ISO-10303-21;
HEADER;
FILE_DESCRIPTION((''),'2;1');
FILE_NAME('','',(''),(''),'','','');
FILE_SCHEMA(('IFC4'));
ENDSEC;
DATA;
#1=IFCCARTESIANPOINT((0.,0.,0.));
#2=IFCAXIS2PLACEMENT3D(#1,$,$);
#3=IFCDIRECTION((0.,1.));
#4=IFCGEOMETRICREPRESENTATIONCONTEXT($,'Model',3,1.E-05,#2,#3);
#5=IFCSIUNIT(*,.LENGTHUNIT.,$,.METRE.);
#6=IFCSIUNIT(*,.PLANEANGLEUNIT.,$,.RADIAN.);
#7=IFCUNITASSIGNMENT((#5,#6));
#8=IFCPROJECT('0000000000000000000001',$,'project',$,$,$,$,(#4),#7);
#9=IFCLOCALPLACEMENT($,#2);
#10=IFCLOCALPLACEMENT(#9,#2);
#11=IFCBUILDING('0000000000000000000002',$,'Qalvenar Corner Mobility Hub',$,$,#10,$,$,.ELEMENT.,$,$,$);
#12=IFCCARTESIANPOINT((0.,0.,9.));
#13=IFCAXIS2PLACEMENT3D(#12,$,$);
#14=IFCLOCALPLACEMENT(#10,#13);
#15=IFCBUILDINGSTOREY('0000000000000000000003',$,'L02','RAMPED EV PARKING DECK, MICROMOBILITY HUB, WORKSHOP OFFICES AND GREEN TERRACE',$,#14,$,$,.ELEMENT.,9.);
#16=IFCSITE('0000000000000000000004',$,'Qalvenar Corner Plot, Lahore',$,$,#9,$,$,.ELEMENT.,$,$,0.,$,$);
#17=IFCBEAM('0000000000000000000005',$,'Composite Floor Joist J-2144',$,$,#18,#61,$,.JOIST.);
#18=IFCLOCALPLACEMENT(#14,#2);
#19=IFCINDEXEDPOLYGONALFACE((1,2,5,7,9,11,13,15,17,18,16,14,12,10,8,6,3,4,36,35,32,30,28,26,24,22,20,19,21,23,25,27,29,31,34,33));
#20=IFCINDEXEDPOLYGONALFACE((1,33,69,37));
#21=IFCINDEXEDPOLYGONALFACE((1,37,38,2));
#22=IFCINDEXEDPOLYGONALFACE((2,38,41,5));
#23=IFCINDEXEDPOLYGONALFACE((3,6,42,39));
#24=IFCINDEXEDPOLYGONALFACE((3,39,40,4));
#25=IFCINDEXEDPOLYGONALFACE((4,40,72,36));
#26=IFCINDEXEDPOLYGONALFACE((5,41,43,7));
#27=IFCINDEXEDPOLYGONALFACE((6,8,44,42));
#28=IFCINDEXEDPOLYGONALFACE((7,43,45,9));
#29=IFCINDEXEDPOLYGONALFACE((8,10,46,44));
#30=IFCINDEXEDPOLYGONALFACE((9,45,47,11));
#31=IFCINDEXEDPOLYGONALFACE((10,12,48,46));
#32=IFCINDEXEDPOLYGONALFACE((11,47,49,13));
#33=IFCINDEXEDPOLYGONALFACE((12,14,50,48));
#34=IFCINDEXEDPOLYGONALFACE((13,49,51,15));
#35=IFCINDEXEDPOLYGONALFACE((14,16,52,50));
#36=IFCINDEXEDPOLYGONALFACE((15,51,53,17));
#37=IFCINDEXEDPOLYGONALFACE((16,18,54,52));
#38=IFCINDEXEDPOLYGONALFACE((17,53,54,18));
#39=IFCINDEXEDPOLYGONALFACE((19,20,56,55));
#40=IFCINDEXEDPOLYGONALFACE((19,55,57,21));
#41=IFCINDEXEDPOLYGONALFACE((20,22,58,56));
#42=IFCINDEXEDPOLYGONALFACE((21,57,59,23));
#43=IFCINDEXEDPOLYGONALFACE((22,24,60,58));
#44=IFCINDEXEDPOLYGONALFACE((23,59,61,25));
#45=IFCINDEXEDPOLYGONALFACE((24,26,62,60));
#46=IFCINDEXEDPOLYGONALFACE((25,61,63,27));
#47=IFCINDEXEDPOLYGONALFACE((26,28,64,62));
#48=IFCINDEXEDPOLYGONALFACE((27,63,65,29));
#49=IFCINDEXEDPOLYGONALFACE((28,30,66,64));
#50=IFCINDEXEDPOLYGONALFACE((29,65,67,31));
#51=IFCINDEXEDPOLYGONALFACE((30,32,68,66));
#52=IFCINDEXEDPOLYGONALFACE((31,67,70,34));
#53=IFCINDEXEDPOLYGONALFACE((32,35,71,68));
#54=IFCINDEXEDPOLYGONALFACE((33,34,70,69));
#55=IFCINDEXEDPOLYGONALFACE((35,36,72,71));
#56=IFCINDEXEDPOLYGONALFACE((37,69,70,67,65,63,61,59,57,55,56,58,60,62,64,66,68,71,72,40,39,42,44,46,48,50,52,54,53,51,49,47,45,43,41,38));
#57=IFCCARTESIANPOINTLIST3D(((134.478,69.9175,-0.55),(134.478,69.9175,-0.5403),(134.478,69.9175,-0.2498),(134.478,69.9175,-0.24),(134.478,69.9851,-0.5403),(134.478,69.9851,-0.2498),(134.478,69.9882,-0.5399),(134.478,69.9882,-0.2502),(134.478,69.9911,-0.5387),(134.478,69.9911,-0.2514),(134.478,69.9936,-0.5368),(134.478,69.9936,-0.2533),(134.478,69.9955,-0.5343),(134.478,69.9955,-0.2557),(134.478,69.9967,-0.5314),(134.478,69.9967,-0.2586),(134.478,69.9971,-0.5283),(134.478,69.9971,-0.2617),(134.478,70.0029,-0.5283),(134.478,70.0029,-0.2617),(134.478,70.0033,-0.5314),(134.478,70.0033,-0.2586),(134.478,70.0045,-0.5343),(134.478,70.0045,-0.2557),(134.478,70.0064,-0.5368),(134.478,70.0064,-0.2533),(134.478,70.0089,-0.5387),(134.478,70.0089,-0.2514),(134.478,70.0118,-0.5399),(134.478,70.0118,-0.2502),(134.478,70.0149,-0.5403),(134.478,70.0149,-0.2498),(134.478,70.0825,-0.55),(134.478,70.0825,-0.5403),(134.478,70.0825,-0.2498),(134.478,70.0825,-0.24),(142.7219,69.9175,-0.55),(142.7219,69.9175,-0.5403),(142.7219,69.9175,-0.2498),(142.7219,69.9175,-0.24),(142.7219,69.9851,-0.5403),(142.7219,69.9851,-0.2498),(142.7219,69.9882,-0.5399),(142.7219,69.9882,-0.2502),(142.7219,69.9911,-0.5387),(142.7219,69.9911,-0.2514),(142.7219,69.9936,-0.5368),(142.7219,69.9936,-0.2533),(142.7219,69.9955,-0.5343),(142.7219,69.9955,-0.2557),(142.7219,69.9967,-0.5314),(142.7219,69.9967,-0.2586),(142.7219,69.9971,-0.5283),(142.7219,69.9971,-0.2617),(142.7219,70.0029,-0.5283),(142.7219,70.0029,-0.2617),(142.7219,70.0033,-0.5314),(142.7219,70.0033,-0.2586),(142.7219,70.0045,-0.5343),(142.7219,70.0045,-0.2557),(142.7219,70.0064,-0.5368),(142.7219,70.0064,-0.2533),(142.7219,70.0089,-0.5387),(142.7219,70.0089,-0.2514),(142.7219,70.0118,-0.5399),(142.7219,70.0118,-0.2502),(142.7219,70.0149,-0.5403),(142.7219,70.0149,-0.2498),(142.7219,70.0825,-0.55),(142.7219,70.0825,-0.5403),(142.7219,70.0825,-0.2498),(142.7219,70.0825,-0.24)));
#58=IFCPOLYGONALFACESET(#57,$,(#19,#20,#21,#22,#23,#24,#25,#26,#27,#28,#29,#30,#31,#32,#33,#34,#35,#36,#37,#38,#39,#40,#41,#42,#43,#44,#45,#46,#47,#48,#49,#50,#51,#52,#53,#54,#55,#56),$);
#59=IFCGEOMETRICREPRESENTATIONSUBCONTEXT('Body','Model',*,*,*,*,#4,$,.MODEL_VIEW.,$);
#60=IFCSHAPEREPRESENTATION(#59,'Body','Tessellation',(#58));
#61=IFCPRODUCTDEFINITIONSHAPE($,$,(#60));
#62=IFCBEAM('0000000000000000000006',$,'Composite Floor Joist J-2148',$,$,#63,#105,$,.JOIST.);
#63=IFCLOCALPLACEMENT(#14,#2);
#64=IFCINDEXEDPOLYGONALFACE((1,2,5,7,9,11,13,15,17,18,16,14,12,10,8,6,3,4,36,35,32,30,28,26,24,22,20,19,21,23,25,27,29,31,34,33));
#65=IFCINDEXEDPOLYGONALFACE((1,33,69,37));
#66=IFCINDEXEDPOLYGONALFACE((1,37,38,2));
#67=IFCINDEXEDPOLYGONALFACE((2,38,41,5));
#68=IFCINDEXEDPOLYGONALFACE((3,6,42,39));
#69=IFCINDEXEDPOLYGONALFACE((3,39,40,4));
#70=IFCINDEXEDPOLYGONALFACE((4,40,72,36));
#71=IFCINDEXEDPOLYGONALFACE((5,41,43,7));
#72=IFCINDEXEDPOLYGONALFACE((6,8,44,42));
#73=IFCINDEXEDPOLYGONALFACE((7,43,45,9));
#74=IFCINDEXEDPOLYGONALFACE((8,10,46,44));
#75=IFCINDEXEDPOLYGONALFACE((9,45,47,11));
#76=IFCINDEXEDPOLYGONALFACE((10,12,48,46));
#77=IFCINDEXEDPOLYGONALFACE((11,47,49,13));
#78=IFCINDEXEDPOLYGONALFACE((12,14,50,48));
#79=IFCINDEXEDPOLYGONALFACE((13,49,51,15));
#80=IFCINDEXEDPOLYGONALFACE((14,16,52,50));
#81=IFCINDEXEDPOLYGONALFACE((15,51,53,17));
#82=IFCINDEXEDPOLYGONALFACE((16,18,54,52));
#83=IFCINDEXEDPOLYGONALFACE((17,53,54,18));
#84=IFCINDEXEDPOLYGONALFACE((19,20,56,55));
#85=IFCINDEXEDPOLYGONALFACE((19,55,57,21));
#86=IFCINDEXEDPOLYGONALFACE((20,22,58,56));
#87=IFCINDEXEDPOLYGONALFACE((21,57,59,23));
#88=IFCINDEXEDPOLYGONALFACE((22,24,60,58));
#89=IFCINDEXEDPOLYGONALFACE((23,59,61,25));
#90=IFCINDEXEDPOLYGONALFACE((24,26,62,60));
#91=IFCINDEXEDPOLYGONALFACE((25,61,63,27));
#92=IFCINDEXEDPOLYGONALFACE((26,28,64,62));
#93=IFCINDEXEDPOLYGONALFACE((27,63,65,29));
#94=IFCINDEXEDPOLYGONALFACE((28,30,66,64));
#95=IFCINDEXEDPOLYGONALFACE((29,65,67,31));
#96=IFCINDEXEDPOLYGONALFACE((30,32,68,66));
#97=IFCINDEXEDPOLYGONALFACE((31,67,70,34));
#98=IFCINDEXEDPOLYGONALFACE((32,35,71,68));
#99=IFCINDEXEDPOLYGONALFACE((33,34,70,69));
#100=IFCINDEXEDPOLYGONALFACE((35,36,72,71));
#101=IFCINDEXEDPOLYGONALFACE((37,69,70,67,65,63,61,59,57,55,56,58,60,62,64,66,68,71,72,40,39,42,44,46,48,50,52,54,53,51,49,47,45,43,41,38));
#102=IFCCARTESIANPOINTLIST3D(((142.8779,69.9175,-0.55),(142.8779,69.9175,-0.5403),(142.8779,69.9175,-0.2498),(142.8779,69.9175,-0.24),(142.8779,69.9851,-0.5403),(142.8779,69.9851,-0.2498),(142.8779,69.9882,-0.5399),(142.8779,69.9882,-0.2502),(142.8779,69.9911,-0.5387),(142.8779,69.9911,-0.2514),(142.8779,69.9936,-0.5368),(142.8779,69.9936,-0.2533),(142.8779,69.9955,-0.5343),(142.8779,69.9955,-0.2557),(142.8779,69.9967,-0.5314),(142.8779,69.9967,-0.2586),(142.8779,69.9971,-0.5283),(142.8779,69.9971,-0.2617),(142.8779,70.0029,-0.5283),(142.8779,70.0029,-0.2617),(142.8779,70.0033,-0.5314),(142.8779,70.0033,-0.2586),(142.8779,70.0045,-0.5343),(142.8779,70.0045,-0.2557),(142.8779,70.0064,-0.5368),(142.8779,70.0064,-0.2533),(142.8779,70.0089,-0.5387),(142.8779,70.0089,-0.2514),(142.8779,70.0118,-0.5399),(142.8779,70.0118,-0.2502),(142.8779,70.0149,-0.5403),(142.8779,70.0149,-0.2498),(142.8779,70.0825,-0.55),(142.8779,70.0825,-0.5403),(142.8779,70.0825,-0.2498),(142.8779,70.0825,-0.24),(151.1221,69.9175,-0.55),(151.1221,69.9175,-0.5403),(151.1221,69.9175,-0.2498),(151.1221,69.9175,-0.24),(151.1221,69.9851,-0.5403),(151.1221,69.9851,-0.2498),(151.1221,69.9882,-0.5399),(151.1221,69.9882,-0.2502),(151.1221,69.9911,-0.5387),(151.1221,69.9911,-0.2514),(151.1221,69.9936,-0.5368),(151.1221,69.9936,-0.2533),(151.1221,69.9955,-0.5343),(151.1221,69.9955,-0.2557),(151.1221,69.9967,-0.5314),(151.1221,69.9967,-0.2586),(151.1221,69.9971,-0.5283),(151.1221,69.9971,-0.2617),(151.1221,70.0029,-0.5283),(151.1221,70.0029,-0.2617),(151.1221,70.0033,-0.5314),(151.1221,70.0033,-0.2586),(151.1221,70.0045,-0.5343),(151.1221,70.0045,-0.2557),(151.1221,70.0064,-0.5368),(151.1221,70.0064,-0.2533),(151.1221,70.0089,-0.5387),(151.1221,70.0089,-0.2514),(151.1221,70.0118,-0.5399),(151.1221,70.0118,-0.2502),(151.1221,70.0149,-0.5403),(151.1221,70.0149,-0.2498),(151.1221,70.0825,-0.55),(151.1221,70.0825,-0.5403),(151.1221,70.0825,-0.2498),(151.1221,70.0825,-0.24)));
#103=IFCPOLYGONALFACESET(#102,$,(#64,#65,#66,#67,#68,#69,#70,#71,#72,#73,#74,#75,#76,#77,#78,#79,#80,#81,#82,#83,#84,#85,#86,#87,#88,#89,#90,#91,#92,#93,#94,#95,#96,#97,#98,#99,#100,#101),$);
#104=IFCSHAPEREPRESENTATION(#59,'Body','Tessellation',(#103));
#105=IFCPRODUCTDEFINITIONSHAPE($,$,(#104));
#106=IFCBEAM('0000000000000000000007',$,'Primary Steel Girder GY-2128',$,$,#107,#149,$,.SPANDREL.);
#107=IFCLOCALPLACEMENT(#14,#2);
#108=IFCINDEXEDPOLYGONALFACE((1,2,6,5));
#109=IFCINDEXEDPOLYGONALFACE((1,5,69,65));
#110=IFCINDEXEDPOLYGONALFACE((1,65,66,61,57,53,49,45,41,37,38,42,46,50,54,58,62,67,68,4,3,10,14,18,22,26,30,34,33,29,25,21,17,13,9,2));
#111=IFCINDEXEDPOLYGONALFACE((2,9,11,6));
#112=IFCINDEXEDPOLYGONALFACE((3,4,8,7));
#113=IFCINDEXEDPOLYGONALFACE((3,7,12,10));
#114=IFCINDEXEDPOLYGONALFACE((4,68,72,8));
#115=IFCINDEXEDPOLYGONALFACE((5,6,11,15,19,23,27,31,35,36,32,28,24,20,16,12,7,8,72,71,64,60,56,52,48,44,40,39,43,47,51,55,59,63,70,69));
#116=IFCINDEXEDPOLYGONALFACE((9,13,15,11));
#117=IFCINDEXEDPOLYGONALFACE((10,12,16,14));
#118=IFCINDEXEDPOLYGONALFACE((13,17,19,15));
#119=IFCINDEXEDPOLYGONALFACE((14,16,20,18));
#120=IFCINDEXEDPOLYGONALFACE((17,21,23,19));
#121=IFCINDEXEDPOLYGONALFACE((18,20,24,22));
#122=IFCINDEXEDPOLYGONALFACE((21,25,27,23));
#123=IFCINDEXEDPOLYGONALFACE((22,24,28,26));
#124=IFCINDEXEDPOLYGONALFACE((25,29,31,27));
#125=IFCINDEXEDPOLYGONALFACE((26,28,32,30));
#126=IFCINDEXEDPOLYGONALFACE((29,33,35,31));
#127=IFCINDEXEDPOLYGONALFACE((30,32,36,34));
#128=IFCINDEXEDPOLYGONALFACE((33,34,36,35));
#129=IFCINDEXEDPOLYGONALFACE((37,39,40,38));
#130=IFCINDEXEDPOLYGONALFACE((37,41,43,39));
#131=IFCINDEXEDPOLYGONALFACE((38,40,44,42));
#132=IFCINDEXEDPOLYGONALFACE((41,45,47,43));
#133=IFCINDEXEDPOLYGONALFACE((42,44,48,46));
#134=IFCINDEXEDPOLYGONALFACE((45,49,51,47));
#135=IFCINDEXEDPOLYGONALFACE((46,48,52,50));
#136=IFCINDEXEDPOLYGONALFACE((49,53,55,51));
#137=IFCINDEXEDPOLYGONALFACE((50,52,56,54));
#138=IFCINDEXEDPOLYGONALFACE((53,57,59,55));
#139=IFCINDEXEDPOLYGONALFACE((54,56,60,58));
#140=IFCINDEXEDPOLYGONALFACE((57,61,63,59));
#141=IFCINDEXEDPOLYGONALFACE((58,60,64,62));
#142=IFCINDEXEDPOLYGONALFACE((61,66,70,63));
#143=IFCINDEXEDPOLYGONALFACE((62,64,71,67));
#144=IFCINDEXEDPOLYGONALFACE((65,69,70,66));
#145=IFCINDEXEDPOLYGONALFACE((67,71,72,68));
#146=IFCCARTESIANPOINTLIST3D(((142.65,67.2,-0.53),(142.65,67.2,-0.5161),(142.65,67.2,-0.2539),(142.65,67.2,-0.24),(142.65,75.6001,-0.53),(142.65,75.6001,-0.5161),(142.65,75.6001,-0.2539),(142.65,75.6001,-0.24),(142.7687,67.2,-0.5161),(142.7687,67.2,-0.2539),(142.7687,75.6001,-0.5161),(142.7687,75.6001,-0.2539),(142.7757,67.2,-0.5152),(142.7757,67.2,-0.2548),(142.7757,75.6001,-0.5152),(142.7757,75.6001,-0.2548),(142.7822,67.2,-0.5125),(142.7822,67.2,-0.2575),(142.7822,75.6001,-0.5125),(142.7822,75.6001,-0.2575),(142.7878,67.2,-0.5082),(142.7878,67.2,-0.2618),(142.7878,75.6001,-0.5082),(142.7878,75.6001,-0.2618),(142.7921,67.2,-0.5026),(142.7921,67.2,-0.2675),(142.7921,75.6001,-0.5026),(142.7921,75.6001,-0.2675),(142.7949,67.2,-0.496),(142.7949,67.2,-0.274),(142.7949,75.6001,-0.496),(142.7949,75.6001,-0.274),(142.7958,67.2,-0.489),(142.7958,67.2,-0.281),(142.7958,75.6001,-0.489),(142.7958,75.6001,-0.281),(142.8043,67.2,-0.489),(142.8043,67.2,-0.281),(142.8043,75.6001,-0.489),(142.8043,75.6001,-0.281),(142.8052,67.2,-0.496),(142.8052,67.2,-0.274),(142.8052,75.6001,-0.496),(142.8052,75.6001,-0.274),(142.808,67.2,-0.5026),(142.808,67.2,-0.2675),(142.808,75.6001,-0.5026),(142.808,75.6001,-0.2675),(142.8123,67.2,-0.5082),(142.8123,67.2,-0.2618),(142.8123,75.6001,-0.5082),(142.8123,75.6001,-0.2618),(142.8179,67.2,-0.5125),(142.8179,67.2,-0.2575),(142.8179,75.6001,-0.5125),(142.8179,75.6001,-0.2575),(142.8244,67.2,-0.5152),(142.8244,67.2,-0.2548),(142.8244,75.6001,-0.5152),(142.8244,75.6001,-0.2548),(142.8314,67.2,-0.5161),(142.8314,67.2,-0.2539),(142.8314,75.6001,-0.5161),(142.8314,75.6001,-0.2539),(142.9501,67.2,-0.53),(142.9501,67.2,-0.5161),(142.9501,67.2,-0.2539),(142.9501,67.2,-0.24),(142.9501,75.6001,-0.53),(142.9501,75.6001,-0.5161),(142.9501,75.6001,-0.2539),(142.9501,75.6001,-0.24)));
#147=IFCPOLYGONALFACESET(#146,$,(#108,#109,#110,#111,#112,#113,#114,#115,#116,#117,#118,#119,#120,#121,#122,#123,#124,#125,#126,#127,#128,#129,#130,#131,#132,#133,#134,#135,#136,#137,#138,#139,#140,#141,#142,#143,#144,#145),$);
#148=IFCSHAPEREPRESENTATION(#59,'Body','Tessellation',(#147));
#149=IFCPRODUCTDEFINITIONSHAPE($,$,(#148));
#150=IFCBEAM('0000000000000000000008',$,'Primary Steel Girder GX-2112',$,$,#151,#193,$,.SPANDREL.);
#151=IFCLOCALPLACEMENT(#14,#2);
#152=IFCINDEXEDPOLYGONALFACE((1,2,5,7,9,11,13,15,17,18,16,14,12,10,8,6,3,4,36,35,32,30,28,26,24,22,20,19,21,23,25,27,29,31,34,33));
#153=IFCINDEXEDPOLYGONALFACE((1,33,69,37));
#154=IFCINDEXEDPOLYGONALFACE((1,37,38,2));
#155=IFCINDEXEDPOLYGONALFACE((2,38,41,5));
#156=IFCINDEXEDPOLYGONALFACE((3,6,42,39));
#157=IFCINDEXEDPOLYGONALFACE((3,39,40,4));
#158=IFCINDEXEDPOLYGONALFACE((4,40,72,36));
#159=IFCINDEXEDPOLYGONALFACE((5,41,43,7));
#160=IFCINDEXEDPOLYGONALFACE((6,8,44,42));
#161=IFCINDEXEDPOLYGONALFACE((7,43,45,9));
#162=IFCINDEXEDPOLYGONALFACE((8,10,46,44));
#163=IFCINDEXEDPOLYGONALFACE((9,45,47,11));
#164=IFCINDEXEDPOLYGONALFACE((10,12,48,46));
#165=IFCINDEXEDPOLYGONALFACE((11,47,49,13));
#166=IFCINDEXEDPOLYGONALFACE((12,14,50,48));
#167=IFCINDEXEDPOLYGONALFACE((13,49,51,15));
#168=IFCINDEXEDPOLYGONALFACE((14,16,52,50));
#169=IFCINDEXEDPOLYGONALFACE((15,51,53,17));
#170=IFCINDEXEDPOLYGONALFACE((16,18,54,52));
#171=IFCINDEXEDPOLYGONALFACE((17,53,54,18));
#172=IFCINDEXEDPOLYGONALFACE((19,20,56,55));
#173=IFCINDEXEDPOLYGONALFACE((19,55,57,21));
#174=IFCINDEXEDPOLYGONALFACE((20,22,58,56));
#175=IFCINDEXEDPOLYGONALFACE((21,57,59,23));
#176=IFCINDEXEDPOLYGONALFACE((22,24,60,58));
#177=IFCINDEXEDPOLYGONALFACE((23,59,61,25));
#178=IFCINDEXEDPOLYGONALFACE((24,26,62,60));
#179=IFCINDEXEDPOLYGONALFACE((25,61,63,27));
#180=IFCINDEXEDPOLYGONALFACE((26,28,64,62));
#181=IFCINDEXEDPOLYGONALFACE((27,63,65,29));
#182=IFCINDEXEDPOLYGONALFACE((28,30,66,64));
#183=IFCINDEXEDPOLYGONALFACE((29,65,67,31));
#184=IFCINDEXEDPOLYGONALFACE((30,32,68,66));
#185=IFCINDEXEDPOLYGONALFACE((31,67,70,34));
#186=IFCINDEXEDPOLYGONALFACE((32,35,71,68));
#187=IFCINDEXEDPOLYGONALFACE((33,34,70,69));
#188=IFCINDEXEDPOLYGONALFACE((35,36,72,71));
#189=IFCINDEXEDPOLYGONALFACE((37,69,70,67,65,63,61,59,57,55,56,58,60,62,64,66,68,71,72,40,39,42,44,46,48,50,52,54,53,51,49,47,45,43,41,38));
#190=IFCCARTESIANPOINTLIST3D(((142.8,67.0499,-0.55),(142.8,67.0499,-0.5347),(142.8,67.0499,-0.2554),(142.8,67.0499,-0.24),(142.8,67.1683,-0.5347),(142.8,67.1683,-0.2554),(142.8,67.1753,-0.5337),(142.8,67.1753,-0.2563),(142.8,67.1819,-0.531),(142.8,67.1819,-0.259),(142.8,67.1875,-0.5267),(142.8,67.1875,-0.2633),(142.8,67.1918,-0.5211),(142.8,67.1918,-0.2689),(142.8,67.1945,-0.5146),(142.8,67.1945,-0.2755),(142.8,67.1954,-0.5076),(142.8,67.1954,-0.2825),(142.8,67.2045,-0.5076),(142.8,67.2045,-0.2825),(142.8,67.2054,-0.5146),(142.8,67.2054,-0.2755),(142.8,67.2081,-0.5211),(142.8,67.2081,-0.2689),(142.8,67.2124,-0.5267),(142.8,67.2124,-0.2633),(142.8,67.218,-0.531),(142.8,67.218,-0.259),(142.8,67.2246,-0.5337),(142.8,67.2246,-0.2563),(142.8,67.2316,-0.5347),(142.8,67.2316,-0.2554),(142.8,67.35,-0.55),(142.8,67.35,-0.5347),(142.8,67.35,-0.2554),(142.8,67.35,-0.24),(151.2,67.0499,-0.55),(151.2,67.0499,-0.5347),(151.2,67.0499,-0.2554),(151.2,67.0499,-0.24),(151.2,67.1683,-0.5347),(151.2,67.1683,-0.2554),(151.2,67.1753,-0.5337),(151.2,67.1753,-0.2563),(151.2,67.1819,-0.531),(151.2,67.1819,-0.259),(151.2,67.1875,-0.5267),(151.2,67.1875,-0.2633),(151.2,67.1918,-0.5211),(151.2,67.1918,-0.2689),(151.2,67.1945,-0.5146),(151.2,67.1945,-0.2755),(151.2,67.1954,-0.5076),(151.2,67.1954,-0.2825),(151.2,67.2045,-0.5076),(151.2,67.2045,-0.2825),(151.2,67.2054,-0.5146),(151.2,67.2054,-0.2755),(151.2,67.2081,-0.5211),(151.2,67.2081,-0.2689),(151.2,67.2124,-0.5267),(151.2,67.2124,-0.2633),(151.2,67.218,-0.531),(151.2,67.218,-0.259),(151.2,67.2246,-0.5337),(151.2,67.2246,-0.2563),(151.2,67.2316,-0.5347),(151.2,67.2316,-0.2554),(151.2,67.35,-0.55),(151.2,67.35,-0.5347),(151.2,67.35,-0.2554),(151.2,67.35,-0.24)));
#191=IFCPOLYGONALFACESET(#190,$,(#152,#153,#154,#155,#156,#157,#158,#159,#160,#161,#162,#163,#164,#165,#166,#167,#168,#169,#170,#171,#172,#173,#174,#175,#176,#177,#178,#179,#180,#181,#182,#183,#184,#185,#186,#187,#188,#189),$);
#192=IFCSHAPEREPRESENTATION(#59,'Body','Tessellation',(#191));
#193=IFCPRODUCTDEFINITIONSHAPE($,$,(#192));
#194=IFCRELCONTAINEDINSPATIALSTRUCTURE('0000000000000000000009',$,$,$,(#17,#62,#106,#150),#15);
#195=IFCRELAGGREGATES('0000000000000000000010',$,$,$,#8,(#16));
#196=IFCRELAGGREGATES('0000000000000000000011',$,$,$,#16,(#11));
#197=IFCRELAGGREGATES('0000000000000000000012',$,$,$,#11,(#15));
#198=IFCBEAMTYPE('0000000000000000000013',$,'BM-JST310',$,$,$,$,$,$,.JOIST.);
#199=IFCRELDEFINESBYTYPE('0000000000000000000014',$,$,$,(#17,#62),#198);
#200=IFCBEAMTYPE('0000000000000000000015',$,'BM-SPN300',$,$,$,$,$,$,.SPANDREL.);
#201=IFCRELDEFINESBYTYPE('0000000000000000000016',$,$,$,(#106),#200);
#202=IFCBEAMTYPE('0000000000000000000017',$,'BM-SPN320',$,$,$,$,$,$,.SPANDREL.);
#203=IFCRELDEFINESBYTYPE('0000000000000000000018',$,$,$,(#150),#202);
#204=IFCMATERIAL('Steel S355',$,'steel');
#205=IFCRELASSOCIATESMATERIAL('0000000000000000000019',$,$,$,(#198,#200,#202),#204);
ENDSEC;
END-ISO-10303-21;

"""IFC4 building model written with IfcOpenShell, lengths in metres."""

from ifc_helpers import new_model, si_unit, direction, frame, origin, origin_2d, place, context, subcontext, project, spatial, i_section, extrude, material, material_profile, profile_set, type_object, element, save


model = new_model("IFC4")

# Units and contexts
model_context = context("Model", 3, precision=1e-05, world=origin(), true_north=direction((0.0, 1.0)))
body_context = subcontext(model_context, "Body", "Model", "MODEL_VIEW")
ifc_project = project(units=[si_unit("LENGTHUNIT", "METRE"), si_unit("PLANEANGLEUNIT", "RADIAN")], contexts=[model_context])

# Site, building, storey
site_placement = place(None, origin())
site = spatial("IfcSite", under=ifc_project, at=site_placement, Name="Qalvenar Corner Plot, Lahore", CompositionType="ELEMENT", RefElevation=0.0)
building_placement = place(site_placement, origin())
building = spatial("IfcBuilding", under=site, at=building_placement, Name="Qalvenar Corner Mobility Hub", CompositionType="ELEMENT")
storey_placement = place(building_placement, frame((0.0, 0.0, 9.0)))
storey = spatial("IfcBuildingStorey", under=building, at=storey_placement, Name="L02", Description="RAMPED EV PARKING DECK, MICROMOBILITY HUB, WORKSHOP OFFICES AND GREEN TERRACE", CompositionType="ELEMENT", Elevation=9.0)

# Shared definitions
ifc_material_1 = material(Name="Steel S355", Category="steel")

# Beams
ifc_material_profile_1 = material_profile(ifc_material_1, i_section(OverallWidth=0.165, OverallDepth=0.3101, WebThickness=0.0059, FlangeThickness=0.0098, FilletRadius=0.012, at=origin_2d()), Name="W310x38.7")
ifc_profile_set_1 = profile_set([ifc_material_profile_1], Name="Steel S355")
beam_type_1 = type_object("IfcBeamType", Name="BM-JST310", PredefinedType="JOIST", material=ifc_profile_set_1)
beam_1_placement = place(storey_placement, frame((134.478, 70.0, -0.395), z_axis=(1.0, 0.0, 0.0), x_axis=(0.0, 1.0, 0.0)))
element("IfcBeam", 1, at=beam_1_placement, inside=storey, type_object=beam_type_1, Name="Composite Floor Joist J-2144", PredefinedType="JOIST", context=body_context, shape_type="SweptSolid", body=[
    extrude(i_section(OverallWidth=0.165, OverallDepth=0.3101, WebThickness=0.0059, FlangeThickness=0.0098, FilletRadius=0.012, at=origin_2d()), origin(), (0.0, 0.0, 1.0), 8.2439),
])
beam_2_placement = place(storey_placement, frame((142.8779, 70.0, -0.395), z_axis=(1.0, 0.0, 0.0), x_axis=(0.0, 1.0, 0.0)))
element("IfcBeam", 2, at=beam_2_placement, inside=storey, type_object=beam_type_1, Name="Composite Floor Joist J-2148", PredefinedType="JOIST", context=body_context, shape_type="SweptSolid", body=[
    extrude(i_section(OverallWidth=0.165, OverallDepth=0.3101, WebThickness=0.0059, FlangeThickness=0.0098, FilletRadius=0.012, at=origin_2d()), origin(), (0.0, 0.0, 1.0), 8.2441),
])
ifc_material_profile_2 = material_profile(ifc_material_1, i_section(OverallWidth=0.3, OverallDepth=0.29, WebThickness=0.0085, FlangeThickness=0.0139, FilletRadius=0.0271, at=origin_2d()), Name="HEA300")
ifc_profile_set_2 = profile_set([ifc_material_profile_2], Name="Steel S355")
beam_type_2 = type_object("IfcBeamType", Name="BM-SPN300", PredefinedType="SPANDREL", material=ifc_profile_set_2)
beam_3_placement = place(storey_placement, frame((142.8, 67.2, -0.385), z_axis=(0.0, 1.0, 0.0), x_axis=(-1.0, 0.0, 0.0)))
element("IfcBeam", 3, at=beam_3_placement, inside=storey, type_object=beam_type_2, Name="Primary Steel Girder GY-2128", PredefinedType="SPANDREL", context=body_context, shape_type="SweptSolid", body=[
    extrude(i_section(OverallWidth=0.3, OverallDepth=0.29, WebThickness=0.0085, FlangeThickness=0.0139, FilletRadius=0.0271, at=origin_2d()), origin(), (0.0, 0.0, 1.0), 8.4001),
])
ifc_material_profile_3 = material_profile(ifc_material_1, i_section(OverallWidth=0.3, OverallDepth=0.3101, WebThickness=0.009, FlangeThickness=0.0154, FilletRadius=0.0271, at=origin_2d()), Name="HEA320")
ifc_profile_set_3 = profile_set([ifc_material_profile_3], Name="Steel S355")
beam_type_3 = type_object("IfcBeamType", Name="BM-SPN320", PredefinedType="SPANDREL", material=ifc_profile_set_3)
beam_4_placement = place(storey_placement, frame((142.8, 67.2, -0.395), z_axis=(1.0, 0.0, 0.0), x_axis=(0.0, 1.0, 0.0)))
element("IfcBeam", 4, at=beam_4_placement, inside=storey, type_object=beam_type_3, Name="Primary Steel Girder GX-2112", PredefinedType="SPANDREL", context=body_context, shape_type="SweptSolid", body=[
    extrude(i_section(OverallWidth=0.3, OverallDepth=0.3101, WebThickness=0.009, FlangeThickness=0.0154, FilletRadius=0.0271, at=origin_2d()), origin(), (0.0, 0.0, 1.0), 8.3999),
])

save(model, "model.ifc")
